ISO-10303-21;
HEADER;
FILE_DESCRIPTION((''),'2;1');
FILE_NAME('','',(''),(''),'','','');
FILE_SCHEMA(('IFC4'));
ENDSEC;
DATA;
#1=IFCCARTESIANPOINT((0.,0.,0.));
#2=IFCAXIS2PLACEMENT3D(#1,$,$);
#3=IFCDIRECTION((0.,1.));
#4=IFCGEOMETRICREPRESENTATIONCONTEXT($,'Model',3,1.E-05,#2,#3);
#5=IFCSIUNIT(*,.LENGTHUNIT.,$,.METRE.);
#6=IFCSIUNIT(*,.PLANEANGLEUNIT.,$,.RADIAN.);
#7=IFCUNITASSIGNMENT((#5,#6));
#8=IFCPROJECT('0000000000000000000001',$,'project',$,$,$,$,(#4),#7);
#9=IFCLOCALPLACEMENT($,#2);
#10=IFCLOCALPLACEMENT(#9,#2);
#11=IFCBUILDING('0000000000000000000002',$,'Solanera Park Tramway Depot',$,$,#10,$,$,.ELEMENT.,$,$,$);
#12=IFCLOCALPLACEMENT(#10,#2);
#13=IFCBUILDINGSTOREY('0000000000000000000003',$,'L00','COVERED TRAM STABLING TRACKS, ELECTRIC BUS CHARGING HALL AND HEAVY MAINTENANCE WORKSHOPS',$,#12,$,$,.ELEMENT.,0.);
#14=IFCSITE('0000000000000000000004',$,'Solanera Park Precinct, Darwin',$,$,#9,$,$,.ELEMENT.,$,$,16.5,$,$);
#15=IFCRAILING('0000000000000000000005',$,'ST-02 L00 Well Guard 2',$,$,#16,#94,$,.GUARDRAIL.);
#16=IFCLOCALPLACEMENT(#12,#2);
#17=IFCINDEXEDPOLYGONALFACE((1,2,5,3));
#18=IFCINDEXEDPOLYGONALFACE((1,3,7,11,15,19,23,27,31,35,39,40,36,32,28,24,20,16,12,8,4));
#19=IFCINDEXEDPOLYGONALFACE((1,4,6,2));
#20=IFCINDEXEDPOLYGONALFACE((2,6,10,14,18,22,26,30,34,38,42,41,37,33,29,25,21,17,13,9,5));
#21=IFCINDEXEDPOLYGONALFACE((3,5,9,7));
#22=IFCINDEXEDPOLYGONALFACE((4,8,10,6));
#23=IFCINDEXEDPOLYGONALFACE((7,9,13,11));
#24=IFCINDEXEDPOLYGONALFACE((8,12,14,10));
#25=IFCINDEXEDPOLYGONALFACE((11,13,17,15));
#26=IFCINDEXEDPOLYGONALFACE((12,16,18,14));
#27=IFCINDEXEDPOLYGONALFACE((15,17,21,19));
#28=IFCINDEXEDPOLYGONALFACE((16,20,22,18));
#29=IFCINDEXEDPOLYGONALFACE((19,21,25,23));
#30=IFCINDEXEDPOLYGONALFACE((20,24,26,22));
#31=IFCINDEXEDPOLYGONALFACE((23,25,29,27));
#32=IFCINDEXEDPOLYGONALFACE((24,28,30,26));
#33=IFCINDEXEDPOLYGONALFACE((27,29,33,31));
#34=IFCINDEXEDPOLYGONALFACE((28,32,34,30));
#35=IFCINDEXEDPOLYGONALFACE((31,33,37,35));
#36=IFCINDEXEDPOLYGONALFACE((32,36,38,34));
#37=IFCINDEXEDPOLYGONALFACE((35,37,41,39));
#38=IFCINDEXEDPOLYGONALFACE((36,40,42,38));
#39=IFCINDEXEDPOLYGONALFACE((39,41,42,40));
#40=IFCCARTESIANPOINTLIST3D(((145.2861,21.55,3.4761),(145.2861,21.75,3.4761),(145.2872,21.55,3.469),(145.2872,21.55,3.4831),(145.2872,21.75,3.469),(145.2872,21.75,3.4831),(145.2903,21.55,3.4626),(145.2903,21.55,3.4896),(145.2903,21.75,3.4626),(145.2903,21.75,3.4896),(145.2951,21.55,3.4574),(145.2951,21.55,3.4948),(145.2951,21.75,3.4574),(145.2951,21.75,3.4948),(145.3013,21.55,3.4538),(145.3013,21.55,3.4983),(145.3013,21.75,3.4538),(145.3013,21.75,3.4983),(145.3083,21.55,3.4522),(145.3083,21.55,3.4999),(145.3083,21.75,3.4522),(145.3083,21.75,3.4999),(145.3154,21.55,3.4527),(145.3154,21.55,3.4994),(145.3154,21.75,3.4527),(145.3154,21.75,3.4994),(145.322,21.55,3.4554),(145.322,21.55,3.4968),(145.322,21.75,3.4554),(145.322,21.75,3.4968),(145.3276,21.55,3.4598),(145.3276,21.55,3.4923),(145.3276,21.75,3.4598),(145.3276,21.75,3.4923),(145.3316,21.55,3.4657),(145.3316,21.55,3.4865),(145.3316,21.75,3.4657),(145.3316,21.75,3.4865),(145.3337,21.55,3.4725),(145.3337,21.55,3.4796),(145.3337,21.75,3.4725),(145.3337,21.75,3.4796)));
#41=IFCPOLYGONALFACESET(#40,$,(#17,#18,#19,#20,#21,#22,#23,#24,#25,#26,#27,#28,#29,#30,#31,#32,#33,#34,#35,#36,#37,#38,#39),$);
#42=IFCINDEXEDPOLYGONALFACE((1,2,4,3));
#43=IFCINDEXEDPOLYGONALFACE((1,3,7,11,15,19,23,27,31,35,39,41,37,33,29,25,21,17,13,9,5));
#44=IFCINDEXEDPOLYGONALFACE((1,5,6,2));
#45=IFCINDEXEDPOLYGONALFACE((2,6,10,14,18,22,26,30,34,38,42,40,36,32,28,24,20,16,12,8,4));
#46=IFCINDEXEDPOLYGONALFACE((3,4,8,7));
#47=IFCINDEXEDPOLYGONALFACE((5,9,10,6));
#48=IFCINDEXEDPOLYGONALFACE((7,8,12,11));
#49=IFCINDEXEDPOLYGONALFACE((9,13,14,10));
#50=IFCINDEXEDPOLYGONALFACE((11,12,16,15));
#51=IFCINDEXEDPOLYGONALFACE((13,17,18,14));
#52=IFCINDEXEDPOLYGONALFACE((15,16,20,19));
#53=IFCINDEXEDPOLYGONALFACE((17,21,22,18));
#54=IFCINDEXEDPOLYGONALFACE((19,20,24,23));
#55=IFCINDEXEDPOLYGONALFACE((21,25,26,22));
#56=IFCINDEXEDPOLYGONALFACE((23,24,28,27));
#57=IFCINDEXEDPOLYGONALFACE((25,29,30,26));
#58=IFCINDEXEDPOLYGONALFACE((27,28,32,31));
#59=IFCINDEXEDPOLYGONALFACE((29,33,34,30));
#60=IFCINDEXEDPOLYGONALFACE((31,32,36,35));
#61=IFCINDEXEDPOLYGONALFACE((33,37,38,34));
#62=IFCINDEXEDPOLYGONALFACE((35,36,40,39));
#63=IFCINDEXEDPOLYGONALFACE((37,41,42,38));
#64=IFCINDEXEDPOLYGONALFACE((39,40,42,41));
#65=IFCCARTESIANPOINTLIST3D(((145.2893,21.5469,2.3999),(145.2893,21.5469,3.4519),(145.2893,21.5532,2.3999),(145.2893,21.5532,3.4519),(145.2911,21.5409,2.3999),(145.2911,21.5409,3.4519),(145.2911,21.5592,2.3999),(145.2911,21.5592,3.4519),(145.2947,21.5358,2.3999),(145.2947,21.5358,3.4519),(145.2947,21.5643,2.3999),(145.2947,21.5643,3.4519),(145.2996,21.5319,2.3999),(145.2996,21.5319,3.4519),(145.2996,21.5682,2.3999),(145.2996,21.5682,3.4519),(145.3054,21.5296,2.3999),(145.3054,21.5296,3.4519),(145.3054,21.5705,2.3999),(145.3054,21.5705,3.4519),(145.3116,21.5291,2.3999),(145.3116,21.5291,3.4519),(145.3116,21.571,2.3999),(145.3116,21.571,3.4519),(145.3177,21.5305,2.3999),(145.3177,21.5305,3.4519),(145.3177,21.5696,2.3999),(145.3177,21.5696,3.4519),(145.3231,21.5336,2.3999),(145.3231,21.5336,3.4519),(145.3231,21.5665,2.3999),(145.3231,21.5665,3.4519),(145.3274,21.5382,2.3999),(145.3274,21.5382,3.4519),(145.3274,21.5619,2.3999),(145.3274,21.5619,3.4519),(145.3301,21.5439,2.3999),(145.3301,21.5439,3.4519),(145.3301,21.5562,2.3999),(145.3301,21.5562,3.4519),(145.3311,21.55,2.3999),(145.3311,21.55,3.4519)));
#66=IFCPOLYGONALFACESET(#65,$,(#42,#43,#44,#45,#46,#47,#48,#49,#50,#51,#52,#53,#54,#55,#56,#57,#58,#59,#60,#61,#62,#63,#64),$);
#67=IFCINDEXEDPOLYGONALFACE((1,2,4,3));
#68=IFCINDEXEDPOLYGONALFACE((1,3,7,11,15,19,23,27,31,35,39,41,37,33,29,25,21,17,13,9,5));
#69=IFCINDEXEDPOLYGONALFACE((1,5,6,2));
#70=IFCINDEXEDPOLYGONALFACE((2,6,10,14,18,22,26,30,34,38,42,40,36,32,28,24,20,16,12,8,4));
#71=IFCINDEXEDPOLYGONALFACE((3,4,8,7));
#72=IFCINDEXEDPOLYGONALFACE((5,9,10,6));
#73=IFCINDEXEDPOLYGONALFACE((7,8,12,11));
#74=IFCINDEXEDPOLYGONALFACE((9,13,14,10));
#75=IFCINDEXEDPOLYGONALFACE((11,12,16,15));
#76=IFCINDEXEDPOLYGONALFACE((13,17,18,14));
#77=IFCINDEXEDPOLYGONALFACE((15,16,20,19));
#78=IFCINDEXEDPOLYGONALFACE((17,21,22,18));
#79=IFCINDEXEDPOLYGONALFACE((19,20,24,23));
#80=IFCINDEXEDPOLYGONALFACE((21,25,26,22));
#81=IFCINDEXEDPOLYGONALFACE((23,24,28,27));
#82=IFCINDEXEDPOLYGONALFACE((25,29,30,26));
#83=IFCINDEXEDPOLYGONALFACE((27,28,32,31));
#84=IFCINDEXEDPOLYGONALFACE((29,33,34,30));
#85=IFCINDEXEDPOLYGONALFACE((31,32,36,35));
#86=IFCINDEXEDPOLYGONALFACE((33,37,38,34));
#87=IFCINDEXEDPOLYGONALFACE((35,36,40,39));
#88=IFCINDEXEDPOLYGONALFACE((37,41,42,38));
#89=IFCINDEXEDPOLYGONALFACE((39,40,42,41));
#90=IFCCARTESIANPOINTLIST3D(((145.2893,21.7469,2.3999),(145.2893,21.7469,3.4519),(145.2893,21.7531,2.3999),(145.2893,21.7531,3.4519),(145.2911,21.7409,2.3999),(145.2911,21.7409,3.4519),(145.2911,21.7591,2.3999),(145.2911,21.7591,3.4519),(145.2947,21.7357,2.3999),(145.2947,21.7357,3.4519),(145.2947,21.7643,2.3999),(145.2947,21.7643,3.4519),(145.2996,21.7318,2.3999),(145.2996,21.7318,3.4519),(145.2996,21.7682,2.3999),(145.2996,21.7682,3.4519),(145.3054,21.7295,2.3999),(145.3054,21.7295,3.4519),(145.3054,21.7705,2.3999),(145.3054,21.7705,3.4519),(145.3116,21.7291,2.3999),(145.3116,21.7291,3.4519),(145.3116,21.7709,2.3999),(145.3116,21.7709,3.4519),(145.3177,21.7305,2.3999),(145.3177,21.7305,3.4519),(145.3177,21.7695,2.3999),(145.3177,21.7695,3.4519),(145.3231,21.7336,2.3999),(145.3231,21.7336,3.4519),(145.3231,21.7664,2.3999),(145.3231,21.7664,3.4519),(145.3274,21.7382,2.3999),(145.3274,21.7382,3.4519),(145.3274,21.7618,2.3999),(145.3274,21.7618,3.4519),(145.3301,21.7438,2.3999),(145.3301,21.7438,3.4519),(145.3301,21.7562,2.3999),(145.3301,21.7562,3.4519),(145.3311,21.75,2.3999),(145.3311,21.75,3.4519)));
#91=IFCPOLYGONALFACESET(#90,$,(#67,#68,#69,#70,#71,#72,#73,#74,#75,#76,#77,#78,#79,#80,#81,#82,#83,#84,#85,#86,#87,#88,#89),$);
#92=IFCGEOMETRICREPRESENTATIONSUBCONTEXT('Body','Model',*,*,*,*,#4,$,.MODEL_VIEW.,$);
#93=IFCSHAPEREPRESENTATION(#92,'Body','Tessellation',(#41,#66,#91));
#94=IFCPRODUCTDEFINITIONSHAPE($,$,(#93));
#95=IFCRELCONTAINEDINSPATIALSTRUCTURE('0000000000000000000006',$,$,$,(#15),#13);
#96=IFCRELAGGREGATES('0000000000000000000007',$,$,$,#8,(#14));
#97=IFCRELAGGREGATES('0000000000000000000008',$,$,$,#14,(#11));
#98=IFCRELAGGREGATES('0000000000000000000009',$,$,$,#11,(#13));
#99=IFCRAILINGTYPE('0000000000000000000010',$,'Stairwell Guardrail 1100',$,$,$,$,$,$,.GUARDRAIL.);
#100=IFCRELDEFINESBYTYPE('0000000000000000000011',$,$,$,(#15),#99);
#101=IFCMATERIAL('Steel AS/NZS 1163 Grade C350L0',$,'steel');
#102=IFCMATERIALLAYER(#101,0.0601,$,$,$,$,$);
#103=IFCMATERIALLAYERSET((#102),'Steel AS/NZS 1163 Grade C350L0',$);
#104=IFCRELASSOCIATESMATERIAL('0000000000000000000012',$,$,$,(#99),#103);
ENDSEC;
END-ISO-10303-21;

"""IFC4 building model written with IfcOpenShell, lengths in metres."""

from ifc_helpers import new_model, si_unit, direction, frame, origin, origin_2d, place, context, subcontext, project, spatial, circle, extrude, material, layer, layer_set, type_object, element, save


model = new_model("IFC4")

# Units and contexts
model_context = context("Model", 3, precision=1e-05, world=origin(), true_north=direction((0.0, 1.0)))
body_context = subcontext(model_context, "Body", "Model", "MODEL_VIEW")
ifc_project = project(units=[si_unit("LENGTHUNIT", "METRE"), si_unit("PLANEANGLEUNIT", "RADIAN")], contexts=[model_context])

# Site, building, storey
site_placement = place(None, origin())
site = spatial("IfcSite", under=ifc_project, at=site_placement, Name="Solanera Park Precinct, Darwin", CompositionType="ELEMENT", RefElevation=16.5)
building_placement = place(site_placement, origin())
building = spatial("IfcBuilding", under=site, at=building_placement, Name="Solanera Park Tramway Depot", CompositionType="ELEMENT")
storey_placement = place(building_placement, origin())
storey = spatial("IfcBuildingStorey", under=building, at=storey_placement, Name="L00", Description="COVERED TRAM STABLING TRACKS, ELECTRIC BUS CHARGING HALL AND HEAVY MAINTENANCE WORKSHOPS", CompositionType="ELEMENT", Elevation=0.0)

# Railing
ifc_material_1 = material(Name="Steel AS/NZS 1163 Grade C350L0", Category="steel")
ifc_layer_1 = layer(ifc_material_1, 0.0601)
ifc_layer_set_1 = layer_set([ifc_layer_1], Name="Steel AS/NZS 1163 Grade C350L0")
railing_type_1 = type_object("IfcRailingType", Name="Stairwell Guardrail 1100", PredefinedType="GUARDRAIL", material=ifc_layer_set_1)
railing_1_placement = place(storey_placement, frame((145.3101, 21.55, 2.3999)))
element("IfcRailing", 1, at=railing_1_placement, inside=storey, type_object=railing_type_1, Name="ST-02 L00 Well Guard 2", PredefinedType="GUARDRAIL", context=body_context, shape_type="SweptSolid", body=[
    extrude(circle(Radius=0.0239, at=origin_2d()), frame((0.0, 0.0, 1.0762), z_axis=(0.0, 1.0, 0.0), x_axis=(-1.0, 0.0, 0.0)), (0.0, 0.0, 1.0), 0.2),
    extrude(circle(Radius=0.021, at=origin_2d()), origin(), (0.0, 0.0, 1.0), 1.052),
    extrude(circle(Radius=0.021, at=origin_2d()), frame((0.0, 0.2, 0.0)), (0.0, 0.0, 1.0), 1.052),
])

save(model, "model.ifc")
